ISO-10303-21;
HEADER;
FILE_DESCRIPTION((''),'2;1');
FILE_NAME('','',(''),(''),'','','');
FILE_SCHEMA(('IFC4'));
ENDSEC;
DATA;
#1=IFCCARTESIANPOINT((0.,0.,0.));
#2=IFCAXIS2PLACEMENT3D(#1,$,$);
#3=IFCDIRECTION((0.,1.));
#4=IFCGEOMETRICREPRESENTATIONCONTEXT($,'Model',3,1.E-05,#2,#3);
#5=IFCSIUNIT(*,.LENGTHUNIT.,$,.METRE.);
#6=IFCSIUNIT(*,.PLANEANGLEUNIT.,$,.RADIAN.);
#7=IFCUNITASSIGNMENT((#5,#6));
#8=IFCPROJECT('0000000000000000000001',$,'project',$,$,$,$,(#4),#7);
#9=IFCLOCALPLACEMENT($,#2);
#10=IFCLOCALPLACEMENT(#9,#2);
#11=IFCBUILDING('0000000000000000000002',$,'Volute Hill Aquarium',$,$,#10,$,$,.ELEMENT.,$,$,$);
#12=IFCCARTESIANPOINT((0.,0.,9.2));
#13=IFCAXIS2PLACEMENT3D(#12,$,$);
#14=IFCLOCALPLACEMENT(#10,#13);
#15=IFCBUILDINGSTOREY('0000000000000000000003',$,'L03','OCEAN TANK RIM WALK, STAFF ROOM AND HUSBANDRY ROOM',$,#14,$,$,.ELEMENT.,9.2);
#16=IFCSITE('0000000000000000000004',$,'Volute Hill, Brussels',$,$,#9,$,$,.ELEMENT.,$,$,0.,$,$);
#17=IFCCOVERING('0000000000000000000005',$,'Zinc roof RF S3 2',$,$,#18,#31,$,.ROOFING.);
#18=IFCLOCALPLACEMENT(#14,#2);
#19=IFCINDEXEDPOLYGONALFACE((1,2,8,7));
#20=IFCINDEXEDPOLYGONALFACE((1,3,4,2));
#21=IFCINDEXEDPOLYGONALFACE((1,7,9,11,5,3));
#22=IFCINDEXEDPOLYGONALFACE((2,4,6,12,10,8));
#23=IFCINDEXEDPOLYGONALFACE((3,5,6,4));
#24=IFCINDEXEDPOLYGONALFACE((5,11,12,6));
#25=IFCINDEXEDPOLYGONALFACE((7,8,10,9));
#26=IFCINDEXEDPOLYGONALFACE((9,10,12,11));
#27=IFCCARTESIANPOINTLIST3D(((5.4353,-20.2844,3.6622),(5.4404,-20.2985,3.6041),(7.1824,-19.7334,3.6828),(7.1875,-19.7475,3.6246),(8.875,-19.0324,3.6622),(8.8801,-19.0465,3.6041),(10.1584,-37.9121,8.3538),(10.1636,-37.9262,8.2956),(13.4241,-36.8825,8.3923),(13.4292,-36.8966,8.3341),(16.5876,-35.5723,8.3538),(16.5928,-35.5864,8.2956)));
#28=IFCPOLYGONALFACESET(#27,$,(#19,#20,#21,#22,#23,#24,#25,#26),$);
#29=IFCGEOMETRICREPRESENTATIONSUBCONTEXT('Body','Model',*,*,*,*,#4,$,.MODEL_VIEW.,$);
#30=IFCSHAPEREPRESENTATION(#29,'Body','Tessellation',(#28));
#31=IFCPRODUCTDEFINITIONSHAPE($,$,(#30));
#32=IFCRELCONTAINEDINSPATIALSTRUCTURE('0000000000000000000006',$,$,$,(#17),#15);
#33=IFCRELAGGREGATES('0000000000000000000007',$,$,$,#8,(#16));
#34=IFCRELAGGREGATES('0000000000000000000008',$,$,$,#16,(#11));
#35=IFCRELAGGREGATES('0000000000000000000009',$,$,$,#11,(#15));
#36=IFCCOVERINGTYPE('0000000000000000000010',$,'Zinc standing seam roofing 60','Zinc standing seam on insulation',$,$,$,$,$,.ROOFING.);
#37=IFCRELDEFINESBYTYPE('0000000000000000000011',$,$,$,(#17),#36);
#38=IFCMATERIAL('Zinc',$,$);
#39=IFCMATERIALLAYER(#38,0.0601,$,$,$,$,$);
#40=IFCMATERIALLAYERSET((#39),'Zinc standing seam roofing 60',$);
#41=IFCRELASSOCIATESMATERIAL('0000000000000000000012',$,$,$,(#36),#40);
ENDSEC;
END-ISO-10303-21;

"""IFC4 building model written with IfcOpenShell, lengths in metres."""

from ifc_helpers import new_model, si_unit, direction, frame, origin, place, context, subcontext, project, spatial, polyline, outline, extrude, material, layer, layer_set, type_object, element, save


model = new_model("IFC4")

# Units and contexts
model_context = context("Model", 3, precision=1e-05, world=origin(), true_north=direction((0.0, 1.0)))
body_context = subcontext(model_context, "Body", "Model", "MODEL_VIEW")
ifc_project = project(units=[si_unit("LENGTHUNIT", "METRE"), si_unit("PLANEANGLEUNIT", "RADIAN")], contexts=[model_context])

# Site, building, storey
site_placement = place(None, origin())
site = spatial("IfcSite", under=ifc_project, at=site_placement, Name="Volute Hill, Brussels", CompositionType="ELEMENT", RefElevation=0.0)
building_placement = place(site_placement, origin())
building = spatial("IfcBuilding", under=site, at=building_placement, Name="Volute Hill Aquarium", CompositionType="ELEMENT")
storey_placement = place(building_placement, frame((0.0, 0.0, 9.2)))
storey = spatial("IfcBuildingStorey", under=building, at=storey_placement, Name="L03", Description="OCEAN TANK RIM WALK, STAFF ROOM AND HUSBANDRY ROOM", CompositionType="ELEMENT", Elevation=9.2)

# Covering
ifc_material_1 = material(Name="Zinc")
ifc_layer_1 = layer(ifc_material_1, 0.0601)
ifc_layer_set_1 = layer_set([ifc_layer_1], Name="Zinc standing seam roofing 60")
covering_type_1 = type_object("IfcCoveringType", Name="Zinc standing seam roofing 60", Description="Zinc standing seam on insulation", PredefinedType="ROOFING", material=ifc_layer_set_1)
covering_1_placement = place(storey_placement, frame((10.1584, -37.9121, 8.3538), z_axis=(-0.085458, 0.234805, 0.968279), x_axis=(0.953661, 0.300674, 0.011255)))
element("IfcCovering", 1, at=covering_1_placement, inside=storey, type_object=covering_type_1, Name="Zinc roof RF S3 2", PredefinedType="ROOFING", context=body_context, shape_type="SweptSolid", body=[
    extrude(outline(polyline([(0.0, 0.0), (3.4243, 0.0), (6.8348, 0.3081), (4.3998, 18.9932), (2.5751, 18.8285), (0.7431, 18.8282), (0.0, 0.0)])), origin(), (0.0, 0.0, -1.0), 0.0601),
])

save(model, "model.ifc")
